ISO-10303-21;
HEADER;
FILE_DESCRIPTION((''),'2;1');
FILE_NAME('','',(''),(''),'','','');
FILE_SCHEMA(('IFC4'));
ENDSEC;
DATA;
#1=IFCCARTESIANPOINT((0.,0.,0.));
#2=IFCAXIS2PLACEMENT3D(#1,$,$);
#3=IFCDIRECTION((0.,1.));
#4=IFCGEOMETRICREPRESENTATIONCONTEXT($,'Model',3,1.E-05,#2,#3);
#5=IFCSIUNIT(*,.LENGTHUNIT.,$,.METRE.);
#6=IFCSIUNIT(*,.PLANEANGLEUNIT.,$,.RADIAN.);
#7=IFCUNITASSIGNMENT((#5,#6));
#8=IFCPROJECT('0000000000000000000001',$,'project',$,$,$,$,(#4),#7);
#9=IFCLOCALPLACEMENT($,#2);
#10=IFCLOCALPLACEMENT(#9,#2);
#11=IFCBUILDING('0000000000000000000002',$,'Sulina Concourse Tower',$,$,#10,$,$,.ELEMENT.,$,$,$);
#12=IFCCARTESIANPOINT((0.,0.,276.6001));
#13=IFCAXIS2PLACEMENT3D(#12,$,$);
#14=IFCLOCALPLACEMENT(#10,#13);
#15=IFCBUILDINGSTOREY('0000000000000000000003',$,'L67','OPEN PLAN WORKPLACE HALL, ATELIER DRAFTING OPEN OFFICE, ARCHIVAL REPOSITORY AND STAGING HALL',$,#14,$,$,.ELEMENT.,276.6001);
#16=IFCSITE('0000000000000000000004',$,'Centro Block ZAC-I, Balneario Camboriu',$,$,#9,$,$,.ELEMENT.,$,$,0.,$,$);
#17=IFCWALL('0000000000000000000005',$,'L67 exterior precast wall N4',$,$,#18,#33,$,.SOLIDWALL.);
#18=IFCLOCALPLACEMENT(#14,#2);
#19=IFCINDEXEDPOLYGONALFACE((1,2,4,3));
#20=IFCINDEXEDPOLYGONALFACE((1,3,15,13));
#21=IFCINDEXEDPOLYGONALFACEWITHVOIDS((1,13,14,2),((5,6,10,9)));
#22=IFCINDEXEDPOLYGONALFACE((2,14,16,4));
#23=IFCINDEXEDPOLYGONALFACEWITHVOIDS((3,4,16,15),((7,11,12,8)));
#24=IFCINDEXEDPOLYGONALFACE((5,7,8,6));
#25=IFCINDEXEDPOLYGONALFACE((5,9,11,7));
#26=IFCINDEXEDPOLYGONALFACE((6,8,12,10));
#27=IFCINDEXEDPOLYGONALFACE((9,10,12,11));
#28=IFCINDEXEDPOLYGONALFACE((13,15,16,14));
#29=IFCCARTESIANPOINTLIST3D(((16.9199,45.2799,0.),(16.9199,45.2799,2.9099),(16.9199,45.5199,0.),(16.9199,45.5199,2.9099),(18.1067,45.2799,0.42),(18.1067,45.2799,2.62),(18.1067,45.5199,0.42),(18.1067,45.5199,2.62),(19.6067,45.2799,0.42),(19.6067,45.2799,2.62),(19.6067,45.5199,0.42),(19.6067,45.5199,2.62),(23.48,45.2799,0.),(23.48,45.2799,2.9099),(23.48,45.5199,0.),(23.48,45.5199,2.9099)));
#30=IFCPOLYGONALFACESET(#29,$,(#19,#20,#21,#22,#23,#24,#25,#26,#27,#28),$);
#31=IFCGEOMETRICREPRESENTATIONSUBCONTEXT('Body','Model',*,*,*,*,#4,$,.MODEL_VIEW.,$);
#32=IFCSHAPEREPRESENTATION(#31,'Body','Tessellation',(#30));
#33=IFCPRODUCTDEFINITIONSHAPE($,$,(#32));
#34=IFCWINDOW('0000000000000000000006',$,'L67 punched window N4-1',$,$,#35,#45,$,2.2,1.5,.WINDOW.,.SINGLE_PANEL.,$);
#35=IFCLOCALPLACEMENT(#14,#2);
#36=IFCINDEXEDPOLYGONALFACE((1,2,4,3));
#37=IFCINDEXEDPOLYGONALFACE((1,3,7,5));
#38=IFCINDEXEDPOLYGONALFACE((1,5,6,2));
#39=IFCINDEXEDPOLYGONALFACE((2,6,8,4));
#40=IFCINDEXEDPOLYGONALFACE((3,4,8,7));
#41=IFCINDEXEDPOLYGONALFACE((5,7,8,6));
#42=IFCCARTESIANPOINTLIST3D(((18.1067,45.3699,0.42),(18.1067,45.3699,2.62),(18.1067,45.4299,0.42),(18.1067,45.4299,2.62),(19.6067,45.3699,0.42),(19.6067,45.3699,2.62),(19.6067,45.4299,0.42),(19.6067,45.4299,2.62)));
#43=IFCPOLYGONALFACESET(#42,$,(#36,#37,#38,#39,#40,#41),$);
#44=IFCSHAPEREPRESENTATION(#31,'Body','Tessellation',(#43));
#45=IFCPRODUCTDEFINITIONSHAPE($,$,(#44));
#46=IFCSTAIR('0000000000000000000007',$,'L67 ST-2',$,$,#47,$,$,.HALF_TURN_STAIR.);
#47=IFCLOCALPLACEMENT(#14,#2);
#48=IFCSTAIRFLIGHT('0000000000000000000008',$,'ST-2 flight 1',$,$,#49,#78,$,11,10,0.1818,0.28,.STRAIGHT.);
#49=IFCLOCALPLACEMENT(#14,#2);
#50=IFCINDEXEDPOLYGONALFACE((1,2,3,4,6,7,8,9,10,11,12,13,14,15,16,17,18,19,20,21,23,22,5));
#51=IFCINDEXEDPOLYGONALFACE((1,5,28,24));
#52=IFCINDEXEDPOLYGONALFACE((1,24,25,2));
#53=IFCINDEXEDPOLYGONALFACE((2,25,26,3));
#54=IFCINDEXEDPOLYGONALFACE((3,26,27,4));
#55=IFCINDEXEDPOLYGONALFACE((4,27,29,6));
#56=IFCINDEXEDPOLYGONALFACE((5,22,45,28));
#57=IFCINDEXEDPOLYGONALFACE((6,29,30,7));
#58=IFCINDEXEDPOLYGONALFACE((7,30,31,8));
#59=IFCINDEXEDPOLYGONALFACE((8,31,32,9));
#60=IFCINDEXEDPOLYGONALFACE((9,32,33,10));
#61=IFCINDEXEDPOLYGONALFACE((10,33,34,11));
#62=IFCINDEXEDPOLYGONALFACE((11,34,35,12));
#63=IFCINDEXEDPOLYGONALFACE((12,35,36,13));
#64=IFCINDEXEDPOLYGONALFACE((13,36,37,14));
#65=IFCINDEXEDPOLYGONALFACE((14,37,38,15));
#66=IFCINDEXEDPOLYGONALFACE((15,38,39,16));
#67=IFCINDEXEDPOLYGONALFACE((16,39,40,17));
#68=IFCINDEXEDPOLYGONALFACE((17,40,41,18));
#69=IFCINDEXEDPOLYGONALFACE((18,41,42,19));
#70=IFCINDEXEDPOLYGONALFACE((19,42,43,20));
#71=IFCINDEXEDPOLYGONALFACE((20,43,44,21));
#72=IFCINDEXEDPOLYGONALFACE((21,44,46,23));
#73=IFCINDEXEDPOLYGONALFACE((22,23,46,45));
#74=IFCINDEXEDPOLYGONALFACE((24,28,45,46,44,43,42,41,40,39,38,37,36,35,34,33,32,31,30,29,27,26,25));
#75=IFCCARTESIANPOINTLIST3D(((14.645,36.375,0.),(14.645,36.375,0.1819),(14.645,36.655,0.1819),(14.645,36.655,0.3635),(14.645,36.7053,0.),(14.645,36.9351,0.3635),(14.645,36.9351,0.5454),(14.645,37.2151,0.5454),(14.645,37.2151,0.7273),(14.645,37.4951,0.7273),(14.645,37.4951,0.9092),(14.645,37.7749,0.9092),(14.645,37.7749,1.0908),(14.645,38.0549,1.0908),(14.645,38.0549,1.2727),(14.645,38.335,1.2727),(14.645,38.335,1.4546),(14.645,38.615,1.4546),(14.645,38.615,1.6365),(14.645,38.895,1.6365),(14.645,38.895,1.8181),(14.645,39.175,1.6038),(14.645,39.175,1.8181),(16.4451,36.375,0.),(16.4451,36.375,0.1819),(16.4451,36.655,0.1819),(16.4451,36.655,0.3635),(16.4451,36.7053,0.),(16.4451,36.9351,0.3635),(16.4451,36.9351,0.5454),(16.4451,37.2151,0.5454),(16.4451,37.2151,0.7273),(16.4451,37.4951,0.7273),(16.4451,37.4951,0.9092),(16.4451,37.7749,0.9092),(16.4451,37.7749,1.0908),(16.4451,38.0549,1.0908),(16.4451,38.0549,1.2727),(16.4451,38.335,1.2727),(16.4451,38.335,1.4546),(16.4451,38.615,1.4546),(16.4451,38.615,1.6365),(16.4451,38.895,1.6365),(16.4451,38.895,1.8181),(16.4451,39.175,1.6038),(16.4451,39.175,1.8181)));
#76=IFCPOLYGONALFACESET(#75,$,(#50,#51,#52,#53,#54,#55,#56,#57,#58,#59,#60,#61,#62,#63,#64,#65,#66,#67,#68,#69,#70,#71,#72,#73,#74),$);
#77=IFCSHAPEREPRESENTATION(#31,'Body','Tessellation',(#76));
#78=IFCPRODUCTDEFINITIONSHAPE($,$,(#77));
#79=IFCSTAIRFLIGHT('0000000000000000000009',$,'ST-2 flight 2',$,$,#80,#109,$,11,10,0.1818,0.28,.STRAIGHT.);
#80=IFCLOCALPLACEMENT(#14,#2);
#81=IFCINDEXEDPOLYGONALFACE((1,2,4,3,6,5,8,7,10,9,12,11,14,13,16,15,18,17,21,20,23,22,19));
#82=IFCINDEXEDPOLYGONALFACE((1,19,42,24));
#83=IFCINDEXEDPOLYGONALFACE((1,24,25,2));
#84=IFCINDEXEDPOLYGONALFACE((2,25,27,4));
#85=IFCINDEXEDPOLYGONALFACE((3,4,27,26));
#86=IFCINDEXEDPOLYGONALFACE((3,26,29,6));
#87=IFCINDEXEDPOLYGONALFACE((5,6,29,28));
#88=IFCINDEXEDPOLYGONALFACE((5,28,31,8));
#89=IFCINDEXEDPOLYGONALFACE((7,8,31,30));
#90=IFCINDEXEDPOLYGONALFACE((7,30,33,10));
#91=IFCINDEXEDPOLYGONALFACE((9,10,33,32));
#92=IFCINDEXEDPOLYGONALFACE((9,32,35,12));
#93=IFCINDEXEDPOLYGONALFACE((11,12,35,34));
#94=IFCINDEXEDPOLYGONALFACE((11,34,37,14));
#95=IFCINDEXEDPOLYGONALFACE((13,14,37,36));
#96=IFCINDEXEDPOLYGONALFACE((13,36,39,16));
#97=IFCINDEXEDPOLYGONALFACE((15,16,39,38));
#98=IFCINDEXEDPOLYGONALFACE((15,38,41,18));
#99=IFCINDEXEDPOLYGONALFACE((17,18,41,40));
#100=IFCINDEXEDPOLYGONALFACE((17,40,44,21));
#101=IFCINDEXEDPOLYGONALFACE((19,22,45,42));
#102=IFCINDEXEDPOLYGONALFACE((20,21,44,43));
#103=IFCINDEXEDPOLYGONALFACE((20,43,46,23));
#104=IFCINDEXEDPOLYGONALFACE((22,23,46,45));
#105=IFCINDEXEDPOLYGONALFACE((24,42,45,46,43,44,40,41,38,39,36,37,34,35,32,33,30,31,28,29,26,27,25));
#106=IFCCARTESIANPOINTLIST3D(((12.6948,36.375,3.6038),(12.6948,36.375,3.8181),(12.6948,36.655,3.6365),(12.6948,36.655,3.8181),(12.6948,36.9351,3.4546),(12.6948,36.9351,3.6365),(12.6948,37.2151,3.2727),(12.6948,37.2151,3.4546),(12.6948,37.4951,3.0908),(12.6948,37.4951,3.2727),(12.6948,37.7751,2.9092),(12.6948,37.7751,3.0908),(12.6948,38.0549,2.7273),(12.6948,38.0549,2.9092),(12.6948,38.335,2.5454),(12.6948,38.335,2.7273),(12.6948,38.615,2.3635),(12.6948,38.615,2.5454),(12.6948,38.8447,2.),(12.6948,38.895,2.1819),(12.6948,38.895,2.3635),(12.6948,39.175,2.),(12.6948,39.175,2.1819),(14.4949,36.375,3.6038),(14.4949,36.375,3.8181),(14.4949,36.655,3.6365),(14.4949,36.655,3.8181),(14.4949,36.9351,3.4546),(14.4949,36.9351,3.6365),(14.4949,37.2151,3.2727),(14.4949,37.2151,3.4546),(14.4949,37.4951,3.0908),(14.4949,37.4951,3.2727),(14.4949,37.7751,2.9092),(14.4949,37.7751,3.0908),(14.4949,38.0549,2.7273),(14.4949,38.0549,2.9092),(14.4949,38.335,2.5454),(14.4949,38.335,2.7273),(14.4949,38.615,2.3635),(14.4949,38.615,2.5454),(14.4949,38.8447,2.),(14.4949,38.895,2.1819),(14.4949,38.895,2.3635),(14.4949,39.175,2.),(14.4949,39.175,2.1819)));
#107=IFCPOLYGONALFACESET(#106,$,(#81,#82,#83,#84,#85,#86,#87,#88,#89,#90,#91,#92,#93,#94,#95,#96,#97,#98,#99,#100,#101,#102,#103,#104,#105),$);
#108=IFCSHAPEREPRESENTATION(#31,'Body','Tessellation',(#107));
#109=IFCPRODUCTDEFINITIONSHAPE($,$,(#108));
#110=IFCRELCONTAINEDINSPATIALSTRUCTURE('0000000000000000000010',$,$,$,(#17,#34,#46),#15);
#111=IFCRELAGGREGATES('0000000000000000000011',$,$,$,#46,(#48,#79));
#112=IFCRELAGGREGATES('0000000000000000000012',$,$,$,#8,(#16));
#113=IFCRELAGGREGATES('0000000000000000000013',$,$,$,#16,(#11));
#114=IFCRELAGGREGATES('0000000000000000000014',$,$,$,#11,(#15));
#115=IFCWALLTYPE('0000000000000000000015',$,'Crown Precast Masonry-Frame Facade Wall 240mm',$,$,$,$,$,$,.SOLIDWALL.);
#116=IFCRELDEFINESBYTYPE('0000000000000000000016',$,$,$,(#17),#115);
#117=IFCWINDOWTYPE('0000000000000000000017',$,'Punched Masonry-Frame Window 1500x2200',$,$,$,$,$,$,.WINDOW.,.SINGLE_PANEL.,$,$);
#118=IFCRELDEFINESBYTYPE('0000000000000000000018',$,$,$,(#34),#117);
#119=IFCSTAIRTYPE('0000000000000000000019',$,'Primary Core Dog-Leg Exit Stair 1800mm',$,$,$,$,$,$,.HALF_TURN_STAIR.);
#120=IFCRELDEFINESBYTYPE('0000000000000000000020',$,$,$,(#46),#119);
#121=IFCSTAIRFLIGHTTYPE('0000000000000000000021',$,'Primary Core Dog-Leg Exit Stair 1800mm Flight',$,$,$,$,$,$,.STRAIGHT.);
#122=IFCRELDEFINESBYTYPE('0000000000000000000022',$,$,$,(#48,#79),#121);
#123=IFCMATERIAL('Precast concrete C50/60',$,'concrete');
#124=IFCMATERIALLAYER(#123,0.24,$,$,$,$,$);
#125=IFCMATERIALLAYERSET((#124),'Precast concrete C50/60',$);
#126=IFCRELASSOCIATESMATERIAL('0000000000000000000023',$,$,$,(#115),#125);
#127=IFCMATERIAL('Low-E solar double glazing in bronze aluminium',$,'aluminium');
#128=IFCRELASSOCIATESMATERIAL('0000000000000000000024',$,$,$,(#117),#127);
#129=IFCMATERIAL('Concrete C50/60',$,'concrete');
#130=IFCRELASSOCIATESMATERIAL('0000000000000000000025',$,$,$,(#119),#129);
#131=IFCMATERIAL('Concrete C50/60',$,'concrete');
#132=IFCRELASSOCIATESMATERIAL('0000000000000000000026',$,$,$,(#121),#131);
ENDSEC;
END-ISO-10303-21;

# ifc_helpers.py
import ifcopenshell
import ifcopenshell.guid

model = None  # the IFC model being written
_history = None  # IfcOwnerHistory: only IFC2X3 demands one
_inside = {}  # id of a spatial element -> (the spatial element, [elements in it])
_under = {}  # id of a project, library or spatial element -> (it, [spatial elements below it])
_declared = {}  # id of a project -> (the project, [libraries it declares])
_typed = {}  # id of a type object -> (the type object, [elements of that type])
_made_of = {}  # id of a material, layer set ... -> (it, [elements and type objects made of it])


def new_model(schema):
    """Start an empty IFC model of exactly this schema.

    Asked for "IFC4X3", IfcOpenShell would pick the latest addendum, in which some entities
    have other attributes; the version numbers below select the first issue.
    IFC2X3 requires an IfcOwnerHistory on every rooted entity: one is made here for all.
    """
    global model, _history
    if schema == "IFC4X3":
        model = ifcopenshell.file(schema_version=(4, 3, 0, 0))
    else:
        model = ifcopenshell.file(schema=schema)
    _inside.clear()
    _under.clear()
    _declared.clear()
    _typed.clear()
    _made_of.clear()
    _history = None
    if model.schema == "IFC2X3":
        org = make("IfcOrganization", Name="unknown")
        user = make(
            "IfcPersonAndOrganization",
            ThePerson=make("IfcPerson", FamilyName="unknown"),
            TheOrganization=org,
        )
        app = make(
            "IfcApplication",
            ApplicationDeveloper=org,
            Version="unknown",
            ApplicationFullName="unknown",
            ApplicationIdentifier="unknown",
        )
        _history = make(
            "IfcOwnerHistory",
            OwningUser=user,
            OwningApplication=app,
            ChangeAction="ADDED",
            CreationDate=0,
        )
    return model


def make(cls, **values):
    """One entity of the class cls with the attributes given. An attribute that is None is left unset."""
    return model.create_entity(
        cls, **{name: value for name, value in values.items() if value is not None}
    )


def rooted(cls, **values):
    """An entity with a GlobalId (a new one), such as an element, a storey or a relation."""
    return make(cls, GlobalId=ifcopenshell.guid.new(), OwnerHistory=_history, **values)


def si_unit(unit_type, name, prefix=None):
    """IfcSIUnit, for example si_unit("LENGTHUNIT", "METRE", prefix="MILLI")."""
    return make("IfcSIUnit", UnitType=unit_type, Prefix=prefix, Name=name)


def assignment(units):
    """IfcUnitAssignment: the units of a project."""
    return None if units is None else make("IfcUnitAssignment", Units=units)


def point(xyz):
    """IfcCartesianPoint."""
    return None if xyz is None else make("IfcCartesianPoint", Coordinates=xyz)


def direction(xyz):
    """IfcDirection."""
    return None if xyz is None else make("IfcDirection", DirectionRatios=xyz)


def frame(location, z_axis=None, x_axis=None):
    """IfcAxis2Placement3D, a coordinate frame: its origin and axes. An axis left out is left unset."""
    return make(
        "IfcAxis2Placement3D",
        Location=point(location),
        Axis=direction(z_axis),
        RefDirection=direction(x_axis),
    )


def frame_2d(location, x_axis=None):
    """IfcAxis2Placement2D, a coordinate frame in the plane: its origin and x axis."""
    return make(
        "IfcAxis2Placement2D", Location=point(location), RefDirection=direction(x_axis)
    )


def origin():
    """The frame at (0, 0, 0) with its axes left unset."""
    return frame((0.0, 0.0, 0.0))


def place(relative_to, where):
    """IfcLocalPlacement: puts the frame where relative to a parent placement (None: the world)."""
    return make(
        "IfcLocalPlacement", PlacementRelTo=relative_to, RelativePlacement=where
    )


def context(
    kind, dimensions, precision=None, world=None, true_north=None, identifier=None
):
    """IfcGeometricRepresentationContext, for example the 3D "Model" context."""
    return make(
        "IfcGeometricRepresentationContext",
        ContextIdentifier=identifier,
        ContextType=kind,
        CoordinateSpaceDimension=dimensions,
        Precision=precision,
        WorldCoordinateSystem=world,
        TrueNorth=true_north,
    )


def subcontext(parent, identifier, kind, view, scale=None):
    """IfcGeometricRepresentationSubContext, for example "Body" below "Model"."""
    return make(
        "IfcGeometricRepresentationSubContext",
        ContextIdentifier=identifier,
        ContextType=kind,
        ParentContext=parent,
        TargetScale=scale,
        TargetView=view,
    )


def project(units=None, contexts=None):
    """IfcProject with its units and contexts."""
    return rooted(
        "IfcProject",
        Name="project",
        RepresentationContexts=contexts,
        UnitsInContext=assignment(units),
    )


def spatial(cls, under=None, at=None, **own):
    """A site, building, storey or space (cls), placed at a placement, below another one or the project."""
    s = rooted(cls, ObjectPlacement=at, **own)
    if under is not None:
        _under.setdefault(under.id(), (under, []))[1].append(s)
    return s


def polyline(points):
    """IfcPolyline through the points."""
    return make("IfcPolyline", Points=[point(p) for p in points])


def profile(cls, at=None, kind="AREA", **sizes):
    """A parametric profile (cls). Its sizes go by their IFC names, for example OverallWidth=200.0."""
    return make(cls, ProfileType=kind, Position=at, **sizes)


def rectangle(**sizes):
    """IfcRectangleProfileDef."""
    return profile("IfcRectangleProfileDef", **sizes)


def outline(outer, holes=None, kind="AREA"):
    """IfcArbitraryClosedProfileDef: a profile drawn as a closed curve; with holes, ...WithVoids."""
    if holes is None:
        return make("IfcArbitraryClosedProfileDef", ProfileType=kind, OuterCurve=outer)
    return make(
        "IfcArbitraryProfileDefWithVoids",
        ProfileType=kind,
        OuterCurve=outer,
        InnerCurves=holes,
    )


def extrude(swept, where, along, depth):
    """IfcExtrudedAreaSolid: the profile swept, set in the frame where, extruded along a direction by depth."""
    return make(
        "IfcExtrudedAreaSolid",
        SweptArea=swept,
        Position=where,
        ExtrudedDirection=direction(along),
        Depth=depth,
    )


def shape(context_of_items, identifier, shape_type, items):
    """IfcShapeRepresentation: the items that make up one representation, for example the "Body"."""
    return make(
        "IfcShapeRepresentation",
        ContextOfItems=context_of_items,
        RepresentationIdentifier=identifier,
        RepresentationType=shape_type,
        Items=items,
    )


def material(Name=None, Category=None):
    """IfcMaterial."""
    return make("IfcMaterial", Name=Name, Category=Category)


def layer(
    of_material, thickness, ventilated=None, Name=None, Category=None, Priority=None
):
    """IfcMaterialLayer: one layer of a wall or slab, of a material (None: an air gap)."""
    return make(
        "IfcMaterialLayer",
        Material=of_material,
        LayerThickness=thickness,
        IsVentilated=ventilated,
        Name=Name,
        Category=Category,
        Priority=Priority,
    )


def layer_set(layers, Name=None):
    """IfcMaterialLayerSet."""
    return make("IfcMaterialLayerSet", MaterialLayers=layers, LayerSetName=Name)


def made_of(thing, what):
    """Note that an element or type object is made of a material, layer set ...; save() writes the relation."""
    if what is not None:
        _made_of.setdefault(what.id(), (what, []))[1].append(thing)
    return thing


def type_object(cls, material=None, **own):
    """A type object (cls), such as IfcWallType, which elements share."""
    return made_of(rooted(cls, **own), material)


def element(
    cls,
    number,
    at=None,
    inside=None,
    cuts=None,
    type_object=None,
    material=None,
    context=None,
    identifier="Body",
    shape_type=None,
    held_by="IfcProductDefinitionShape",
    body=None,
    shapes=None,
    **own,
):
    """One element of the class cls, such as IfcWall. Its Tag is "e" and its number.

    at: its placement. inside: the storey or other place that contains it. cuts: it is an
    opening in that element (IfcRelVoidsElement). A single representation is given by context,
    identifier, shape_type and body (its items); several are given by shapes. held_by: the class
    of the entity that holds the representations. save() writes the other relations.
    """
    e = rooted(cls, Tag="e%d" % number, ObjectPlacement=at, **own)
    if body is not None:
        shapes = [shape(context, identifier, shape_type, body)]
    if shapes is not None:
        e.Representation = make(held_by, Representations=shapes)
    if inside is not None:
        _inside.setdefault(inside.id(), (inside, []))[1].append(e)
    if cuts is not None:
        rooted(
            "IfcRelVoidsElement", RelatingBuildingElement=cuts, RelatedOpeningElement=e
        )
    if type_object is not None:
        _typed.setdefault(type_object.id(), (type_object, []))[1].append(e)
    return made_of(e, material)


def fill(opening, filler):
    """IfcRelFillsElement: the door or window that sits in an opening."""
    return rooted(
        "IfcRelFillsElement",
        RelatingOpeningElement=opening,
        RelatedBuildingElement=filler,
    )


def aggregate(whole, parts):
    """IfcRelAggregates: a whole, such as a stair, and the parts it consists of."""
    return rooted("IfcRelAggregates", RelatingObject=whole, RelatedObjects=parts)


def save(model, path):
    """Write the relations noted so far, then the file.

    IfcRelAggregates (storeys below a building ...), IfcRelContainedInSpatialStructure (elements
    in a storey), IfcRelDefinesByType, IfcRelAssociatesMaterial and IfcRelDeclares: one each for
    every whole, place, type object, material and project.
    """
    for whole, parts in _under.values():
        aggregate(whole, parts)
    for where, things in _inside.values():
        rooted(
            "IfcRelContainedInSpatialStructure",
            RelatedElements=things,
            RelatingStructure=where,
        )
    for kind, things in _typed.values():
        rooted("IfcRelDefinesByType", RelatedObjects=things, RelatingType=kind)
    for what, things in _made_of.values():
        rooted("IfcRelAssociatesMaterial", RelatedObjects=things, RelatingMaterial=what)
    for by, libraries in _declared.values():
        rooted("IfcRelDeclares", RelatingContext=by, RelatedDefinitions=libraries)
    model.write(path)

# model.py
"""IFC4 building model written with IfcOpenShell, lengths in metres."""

from ifc_helpers import new_model, si_unit, direction, frame, frame_2d, origin, place, context, subcontext, project, spatial, polyline, rectangle, outline, extrude, material, layer, layer_set, type_object, element, fill, aggregate, save


model = new_model("IFC4")

# Units and contexts
model_context = context("Model", 3, precision=1e-05, world=origin(), true_north=direction((0.0, 1.0)))
body_context = subcontext(model_context, "Body", "Model", "MODEL_VIEW")
ifc_project = project(units=[si_unit("LENGTHUNIT", "METRE"), si_unit("PLANEANGLEUNIT", "RADIAN")], contexts=[model_context])

# Site, building, storey
site_placement = place(None, origin())
site = spatial("IfcSite", under=ifc_project, at=site_placement, Name="Centro Block ZAC-I, Balneario Camboriu", CompositionType="ELEMENT", RefElevation=0.0)
building_placement = place(site_placement, origin())
building = spatial("IfcBuilding", under=site, at=building_placement, Name="Sulina Concourse Tower", CompositionType="ELEMENT")
storey_placement = place(building_placement, frame((0.0, 0.0, 276.6001)))
storey = spatial("IfcBuildingStorey", under=building, at=storey_placement, Name="L67", Description="OPEN PLAN WORKPLACE HALL, ATELIER DRAFTING OPEN OFFICE, ARCHIVAL REPOSITORY AND STAGING HALL", CompositionType="ELEMENT", Elevation=276.6001)

# Shared definitions
ifc_material_1 = material(Name="Precast concrete C50/60", Category="concrete")
ifc_layer_1 = layer(ifc_material_1, 0.24)
ifc_layer_set_1 = layer_set([ifc_layer_1], Name="Precast concrete C50/60")
wall_type_1 = type_object("IfcWallType", Name="Crown Precast Masonry-Frame Facade Wall 240mm", PredefinedType="SOLIDWALL", material=ifc_layer_set_1)

# Wall, opening, window
wall_1_placement = place(storey_placement, frame((16.9199, 45.3999, 0.0), z_axis=(0.0, 0.0, 1.0), x_axis=(1.0, 0.0, 0.0)))
wall_1 = element("IfcWall", 1, at=wall_1_placement, inside=storey, type_object=wall_type_1, Name="L67 exterior precast wall N4", PredefinedType="SOLIDWALL", context=body_context, shape_type="SweptSolid", body=[
    extrude(rectangle(XDim=6.5601, YDim=0.24, at=frame_2d((3.28, 0.0))), origin(), (0.0, 0.0, 1.0), 2.9099),
])
opening_1_placement = place(wall_1_placement, frame((1.1868, 0.0, 0.4199)))
opening_1 = element("IfcOpeningElement", 2, at=opening_1_placement, cuts=wall_1, PredefinedType="OPENING", context=body_context, shape_type="SweptSolid", body=[
    extrude(rectangle(XDim=1.5, YDim=2.2, at=frame_2d((0.75, 1.1001))), frame((0.0, 0.1299, 0.0), z_axis=(0.0, -1.0, 0.0), x_axis=(1.0, 0.0, 0.0)), (0.0, 0.0, 1.0), 0.26),
])
ifc_material_2 = material(Name="Low-E solar double glazing in bronze aluminium", Category="aluminium")
window_type = type_object("IfcWindowType", Name="Punched Masonry-Frame Window 1500x2200", PartitioningType="SINGLE_PANEL", PredefinedType="WINDOW", material=ifc_material_2)
window_placement = place(opening_1_placement, origin())
window = element("IfcWindow", 3, at=window_placement, inside=storey, type_object=window_type, Name="L67 punched window N4-1", OverallHeight=2.2, OverallWidth=1.5, PartitioningType="SINGLE_PANEL", PredefinedType="WINDOW", context=body_context, shape_type="SweptSolid", body=[
    extrude(rectangle(XDim=1.5, YDim=2.2, at=frame_2d((0.75, 1.1001))), frame((0.0, 0.03, 0.0), z_axis=(0.0, -1.0, 0.0), x_axis=(1.0, 0.0, 0.0)), (0.0, 0.0, 1.0), 0.0601),
])
fill(opening_1, window)

# Stair, stair flights
ifc_material_3 = material(Name="Concrete C50/60", Category="concrete")
stair_type = type_object("IfcStairType", Name="Primary Core Dog-Leg Exit Stair 1800mm", PredefinedType="HALF_TURN_STAIR", material=ifc_material_3)
stair_placement = place(storey_placement, origin())
stair = element("IfcStair", 4, at=stair_placement, inside=storey, type_object=stair_type, Name="L67 ST-2", PredefinedType="HALF_TURN_STAIR")
ifc_material_4 = material(Name="Concrete C50/60", Category="concrete")
stair_flight_type = type_object("IfcStairFlightType", Name="Primary Core Dog-Leg Exit Stair 1800mm Flight", PredefinedType="STRAIGHT", material=ifc_material_4)
stair_flight_1_placement = place(storey_placement, frame((15.5449, 36.375, 0.0), z_axis=(0.0, 0.0, 1.0), x_axis=(0.0, 1.0, 0.0)))
stair_flight_1 = element("IfcStairFlight", 5, at=stair_flight_1_placement, type_object=stair_flight_type, Name="ST-2 flight 1", NumberOfRisers=11, NumberOfTreads=10, PredefinedType="STRAIGHT", RiserHeight=0.1818, TreadLength=0.28, context=body_context, shape_type="SweptSolid", body=[
    extrude(outline(polyline([(0.0, 0.0), (0.0, 0.1819), (0.28, 0.1819), (0.28, 0.3635), (0.5601, 0.3635), (0.5601, 0.5454), (0.8401, 0.5454), (0.8401, 0.7273), (1.1201, 0.7273), (1.1201, 0.9092), (1.3999, 0.9092), (1.3999, 1.0908), (1.6799, 1.0908), (1.6799, 1.2727), (1.96, 1.2727), (1.96, 1.4546), (2.24, 1.4546), (2.24, 1.6365), (2.52, 1.6365), (2.52, 1.8181), (2.8, 1.8181), (2.8, 2.0), (2.8, 1.6038), (0.3303, 0.0), (0.0, 0.0)])), frame((0.0, 0.8999, 0.0), z_axis=(0.0, -1.0, 0.0), x_axis=(1.0, 0.0, 0.0)), (0.0, 0.0, 1.0), 1.8),
])
stair_flight_2_placement = place(storey_placement, frame((13.595, 39.175, 2.0), z_axis=(0.0, 0.0, 1.0), x_axis=(0.0, -1.0, 0.0)))
stair_flight_2 = element("IfcStairFlight", 6, at=stair_flight_2_placement, type_object=stair_flight_type, Name="ST-2 flight 2", NumberOfRisers=11, NumberOfTreads=10, PredefinedType="STRAIGHT", RiserHeight=0.1818, TreadLength=0.28, context=body_context, shape_type="SweptSolid", body=[
    extrude(outline(polyline([(0.0, 0.0), (0.0, 0.1819), (0.28, 0.1819), (0.28, 0.3635), (0.5601, 0.3635), (0.5601, 0.5454), (0.8401, 0.5454), (0.8401, 0.7273), (1.1201, 0.7273), (1.1201, 0.9092), (1.3999, 0.9092), (1.3999, 1.0908), (1.6799, 1.0908), (1.6799, 1.2727), (1.96, 1.2727), (1.96, 1.4546), (2.24, 1.4546), (2.24, 1.6365), (2.52, 1.6365), (2.52, 1.8181), (2.8, 1.8181), (2.8, 2.0), (2.8, 1.6038), (0.3303, 0.0), (0.0, 0.0)])), frame((0.0, 0.8999, 0.0), z_axis=(0.0, -1.0, 0.0), x_axis=(1.0, 0.0, 0.0)), (0.0, 0.0, 1.0), 1.8),
])
aggregate(stair, [stair_flight_1, stair_flight_2])

save(model, "model.ifc")
